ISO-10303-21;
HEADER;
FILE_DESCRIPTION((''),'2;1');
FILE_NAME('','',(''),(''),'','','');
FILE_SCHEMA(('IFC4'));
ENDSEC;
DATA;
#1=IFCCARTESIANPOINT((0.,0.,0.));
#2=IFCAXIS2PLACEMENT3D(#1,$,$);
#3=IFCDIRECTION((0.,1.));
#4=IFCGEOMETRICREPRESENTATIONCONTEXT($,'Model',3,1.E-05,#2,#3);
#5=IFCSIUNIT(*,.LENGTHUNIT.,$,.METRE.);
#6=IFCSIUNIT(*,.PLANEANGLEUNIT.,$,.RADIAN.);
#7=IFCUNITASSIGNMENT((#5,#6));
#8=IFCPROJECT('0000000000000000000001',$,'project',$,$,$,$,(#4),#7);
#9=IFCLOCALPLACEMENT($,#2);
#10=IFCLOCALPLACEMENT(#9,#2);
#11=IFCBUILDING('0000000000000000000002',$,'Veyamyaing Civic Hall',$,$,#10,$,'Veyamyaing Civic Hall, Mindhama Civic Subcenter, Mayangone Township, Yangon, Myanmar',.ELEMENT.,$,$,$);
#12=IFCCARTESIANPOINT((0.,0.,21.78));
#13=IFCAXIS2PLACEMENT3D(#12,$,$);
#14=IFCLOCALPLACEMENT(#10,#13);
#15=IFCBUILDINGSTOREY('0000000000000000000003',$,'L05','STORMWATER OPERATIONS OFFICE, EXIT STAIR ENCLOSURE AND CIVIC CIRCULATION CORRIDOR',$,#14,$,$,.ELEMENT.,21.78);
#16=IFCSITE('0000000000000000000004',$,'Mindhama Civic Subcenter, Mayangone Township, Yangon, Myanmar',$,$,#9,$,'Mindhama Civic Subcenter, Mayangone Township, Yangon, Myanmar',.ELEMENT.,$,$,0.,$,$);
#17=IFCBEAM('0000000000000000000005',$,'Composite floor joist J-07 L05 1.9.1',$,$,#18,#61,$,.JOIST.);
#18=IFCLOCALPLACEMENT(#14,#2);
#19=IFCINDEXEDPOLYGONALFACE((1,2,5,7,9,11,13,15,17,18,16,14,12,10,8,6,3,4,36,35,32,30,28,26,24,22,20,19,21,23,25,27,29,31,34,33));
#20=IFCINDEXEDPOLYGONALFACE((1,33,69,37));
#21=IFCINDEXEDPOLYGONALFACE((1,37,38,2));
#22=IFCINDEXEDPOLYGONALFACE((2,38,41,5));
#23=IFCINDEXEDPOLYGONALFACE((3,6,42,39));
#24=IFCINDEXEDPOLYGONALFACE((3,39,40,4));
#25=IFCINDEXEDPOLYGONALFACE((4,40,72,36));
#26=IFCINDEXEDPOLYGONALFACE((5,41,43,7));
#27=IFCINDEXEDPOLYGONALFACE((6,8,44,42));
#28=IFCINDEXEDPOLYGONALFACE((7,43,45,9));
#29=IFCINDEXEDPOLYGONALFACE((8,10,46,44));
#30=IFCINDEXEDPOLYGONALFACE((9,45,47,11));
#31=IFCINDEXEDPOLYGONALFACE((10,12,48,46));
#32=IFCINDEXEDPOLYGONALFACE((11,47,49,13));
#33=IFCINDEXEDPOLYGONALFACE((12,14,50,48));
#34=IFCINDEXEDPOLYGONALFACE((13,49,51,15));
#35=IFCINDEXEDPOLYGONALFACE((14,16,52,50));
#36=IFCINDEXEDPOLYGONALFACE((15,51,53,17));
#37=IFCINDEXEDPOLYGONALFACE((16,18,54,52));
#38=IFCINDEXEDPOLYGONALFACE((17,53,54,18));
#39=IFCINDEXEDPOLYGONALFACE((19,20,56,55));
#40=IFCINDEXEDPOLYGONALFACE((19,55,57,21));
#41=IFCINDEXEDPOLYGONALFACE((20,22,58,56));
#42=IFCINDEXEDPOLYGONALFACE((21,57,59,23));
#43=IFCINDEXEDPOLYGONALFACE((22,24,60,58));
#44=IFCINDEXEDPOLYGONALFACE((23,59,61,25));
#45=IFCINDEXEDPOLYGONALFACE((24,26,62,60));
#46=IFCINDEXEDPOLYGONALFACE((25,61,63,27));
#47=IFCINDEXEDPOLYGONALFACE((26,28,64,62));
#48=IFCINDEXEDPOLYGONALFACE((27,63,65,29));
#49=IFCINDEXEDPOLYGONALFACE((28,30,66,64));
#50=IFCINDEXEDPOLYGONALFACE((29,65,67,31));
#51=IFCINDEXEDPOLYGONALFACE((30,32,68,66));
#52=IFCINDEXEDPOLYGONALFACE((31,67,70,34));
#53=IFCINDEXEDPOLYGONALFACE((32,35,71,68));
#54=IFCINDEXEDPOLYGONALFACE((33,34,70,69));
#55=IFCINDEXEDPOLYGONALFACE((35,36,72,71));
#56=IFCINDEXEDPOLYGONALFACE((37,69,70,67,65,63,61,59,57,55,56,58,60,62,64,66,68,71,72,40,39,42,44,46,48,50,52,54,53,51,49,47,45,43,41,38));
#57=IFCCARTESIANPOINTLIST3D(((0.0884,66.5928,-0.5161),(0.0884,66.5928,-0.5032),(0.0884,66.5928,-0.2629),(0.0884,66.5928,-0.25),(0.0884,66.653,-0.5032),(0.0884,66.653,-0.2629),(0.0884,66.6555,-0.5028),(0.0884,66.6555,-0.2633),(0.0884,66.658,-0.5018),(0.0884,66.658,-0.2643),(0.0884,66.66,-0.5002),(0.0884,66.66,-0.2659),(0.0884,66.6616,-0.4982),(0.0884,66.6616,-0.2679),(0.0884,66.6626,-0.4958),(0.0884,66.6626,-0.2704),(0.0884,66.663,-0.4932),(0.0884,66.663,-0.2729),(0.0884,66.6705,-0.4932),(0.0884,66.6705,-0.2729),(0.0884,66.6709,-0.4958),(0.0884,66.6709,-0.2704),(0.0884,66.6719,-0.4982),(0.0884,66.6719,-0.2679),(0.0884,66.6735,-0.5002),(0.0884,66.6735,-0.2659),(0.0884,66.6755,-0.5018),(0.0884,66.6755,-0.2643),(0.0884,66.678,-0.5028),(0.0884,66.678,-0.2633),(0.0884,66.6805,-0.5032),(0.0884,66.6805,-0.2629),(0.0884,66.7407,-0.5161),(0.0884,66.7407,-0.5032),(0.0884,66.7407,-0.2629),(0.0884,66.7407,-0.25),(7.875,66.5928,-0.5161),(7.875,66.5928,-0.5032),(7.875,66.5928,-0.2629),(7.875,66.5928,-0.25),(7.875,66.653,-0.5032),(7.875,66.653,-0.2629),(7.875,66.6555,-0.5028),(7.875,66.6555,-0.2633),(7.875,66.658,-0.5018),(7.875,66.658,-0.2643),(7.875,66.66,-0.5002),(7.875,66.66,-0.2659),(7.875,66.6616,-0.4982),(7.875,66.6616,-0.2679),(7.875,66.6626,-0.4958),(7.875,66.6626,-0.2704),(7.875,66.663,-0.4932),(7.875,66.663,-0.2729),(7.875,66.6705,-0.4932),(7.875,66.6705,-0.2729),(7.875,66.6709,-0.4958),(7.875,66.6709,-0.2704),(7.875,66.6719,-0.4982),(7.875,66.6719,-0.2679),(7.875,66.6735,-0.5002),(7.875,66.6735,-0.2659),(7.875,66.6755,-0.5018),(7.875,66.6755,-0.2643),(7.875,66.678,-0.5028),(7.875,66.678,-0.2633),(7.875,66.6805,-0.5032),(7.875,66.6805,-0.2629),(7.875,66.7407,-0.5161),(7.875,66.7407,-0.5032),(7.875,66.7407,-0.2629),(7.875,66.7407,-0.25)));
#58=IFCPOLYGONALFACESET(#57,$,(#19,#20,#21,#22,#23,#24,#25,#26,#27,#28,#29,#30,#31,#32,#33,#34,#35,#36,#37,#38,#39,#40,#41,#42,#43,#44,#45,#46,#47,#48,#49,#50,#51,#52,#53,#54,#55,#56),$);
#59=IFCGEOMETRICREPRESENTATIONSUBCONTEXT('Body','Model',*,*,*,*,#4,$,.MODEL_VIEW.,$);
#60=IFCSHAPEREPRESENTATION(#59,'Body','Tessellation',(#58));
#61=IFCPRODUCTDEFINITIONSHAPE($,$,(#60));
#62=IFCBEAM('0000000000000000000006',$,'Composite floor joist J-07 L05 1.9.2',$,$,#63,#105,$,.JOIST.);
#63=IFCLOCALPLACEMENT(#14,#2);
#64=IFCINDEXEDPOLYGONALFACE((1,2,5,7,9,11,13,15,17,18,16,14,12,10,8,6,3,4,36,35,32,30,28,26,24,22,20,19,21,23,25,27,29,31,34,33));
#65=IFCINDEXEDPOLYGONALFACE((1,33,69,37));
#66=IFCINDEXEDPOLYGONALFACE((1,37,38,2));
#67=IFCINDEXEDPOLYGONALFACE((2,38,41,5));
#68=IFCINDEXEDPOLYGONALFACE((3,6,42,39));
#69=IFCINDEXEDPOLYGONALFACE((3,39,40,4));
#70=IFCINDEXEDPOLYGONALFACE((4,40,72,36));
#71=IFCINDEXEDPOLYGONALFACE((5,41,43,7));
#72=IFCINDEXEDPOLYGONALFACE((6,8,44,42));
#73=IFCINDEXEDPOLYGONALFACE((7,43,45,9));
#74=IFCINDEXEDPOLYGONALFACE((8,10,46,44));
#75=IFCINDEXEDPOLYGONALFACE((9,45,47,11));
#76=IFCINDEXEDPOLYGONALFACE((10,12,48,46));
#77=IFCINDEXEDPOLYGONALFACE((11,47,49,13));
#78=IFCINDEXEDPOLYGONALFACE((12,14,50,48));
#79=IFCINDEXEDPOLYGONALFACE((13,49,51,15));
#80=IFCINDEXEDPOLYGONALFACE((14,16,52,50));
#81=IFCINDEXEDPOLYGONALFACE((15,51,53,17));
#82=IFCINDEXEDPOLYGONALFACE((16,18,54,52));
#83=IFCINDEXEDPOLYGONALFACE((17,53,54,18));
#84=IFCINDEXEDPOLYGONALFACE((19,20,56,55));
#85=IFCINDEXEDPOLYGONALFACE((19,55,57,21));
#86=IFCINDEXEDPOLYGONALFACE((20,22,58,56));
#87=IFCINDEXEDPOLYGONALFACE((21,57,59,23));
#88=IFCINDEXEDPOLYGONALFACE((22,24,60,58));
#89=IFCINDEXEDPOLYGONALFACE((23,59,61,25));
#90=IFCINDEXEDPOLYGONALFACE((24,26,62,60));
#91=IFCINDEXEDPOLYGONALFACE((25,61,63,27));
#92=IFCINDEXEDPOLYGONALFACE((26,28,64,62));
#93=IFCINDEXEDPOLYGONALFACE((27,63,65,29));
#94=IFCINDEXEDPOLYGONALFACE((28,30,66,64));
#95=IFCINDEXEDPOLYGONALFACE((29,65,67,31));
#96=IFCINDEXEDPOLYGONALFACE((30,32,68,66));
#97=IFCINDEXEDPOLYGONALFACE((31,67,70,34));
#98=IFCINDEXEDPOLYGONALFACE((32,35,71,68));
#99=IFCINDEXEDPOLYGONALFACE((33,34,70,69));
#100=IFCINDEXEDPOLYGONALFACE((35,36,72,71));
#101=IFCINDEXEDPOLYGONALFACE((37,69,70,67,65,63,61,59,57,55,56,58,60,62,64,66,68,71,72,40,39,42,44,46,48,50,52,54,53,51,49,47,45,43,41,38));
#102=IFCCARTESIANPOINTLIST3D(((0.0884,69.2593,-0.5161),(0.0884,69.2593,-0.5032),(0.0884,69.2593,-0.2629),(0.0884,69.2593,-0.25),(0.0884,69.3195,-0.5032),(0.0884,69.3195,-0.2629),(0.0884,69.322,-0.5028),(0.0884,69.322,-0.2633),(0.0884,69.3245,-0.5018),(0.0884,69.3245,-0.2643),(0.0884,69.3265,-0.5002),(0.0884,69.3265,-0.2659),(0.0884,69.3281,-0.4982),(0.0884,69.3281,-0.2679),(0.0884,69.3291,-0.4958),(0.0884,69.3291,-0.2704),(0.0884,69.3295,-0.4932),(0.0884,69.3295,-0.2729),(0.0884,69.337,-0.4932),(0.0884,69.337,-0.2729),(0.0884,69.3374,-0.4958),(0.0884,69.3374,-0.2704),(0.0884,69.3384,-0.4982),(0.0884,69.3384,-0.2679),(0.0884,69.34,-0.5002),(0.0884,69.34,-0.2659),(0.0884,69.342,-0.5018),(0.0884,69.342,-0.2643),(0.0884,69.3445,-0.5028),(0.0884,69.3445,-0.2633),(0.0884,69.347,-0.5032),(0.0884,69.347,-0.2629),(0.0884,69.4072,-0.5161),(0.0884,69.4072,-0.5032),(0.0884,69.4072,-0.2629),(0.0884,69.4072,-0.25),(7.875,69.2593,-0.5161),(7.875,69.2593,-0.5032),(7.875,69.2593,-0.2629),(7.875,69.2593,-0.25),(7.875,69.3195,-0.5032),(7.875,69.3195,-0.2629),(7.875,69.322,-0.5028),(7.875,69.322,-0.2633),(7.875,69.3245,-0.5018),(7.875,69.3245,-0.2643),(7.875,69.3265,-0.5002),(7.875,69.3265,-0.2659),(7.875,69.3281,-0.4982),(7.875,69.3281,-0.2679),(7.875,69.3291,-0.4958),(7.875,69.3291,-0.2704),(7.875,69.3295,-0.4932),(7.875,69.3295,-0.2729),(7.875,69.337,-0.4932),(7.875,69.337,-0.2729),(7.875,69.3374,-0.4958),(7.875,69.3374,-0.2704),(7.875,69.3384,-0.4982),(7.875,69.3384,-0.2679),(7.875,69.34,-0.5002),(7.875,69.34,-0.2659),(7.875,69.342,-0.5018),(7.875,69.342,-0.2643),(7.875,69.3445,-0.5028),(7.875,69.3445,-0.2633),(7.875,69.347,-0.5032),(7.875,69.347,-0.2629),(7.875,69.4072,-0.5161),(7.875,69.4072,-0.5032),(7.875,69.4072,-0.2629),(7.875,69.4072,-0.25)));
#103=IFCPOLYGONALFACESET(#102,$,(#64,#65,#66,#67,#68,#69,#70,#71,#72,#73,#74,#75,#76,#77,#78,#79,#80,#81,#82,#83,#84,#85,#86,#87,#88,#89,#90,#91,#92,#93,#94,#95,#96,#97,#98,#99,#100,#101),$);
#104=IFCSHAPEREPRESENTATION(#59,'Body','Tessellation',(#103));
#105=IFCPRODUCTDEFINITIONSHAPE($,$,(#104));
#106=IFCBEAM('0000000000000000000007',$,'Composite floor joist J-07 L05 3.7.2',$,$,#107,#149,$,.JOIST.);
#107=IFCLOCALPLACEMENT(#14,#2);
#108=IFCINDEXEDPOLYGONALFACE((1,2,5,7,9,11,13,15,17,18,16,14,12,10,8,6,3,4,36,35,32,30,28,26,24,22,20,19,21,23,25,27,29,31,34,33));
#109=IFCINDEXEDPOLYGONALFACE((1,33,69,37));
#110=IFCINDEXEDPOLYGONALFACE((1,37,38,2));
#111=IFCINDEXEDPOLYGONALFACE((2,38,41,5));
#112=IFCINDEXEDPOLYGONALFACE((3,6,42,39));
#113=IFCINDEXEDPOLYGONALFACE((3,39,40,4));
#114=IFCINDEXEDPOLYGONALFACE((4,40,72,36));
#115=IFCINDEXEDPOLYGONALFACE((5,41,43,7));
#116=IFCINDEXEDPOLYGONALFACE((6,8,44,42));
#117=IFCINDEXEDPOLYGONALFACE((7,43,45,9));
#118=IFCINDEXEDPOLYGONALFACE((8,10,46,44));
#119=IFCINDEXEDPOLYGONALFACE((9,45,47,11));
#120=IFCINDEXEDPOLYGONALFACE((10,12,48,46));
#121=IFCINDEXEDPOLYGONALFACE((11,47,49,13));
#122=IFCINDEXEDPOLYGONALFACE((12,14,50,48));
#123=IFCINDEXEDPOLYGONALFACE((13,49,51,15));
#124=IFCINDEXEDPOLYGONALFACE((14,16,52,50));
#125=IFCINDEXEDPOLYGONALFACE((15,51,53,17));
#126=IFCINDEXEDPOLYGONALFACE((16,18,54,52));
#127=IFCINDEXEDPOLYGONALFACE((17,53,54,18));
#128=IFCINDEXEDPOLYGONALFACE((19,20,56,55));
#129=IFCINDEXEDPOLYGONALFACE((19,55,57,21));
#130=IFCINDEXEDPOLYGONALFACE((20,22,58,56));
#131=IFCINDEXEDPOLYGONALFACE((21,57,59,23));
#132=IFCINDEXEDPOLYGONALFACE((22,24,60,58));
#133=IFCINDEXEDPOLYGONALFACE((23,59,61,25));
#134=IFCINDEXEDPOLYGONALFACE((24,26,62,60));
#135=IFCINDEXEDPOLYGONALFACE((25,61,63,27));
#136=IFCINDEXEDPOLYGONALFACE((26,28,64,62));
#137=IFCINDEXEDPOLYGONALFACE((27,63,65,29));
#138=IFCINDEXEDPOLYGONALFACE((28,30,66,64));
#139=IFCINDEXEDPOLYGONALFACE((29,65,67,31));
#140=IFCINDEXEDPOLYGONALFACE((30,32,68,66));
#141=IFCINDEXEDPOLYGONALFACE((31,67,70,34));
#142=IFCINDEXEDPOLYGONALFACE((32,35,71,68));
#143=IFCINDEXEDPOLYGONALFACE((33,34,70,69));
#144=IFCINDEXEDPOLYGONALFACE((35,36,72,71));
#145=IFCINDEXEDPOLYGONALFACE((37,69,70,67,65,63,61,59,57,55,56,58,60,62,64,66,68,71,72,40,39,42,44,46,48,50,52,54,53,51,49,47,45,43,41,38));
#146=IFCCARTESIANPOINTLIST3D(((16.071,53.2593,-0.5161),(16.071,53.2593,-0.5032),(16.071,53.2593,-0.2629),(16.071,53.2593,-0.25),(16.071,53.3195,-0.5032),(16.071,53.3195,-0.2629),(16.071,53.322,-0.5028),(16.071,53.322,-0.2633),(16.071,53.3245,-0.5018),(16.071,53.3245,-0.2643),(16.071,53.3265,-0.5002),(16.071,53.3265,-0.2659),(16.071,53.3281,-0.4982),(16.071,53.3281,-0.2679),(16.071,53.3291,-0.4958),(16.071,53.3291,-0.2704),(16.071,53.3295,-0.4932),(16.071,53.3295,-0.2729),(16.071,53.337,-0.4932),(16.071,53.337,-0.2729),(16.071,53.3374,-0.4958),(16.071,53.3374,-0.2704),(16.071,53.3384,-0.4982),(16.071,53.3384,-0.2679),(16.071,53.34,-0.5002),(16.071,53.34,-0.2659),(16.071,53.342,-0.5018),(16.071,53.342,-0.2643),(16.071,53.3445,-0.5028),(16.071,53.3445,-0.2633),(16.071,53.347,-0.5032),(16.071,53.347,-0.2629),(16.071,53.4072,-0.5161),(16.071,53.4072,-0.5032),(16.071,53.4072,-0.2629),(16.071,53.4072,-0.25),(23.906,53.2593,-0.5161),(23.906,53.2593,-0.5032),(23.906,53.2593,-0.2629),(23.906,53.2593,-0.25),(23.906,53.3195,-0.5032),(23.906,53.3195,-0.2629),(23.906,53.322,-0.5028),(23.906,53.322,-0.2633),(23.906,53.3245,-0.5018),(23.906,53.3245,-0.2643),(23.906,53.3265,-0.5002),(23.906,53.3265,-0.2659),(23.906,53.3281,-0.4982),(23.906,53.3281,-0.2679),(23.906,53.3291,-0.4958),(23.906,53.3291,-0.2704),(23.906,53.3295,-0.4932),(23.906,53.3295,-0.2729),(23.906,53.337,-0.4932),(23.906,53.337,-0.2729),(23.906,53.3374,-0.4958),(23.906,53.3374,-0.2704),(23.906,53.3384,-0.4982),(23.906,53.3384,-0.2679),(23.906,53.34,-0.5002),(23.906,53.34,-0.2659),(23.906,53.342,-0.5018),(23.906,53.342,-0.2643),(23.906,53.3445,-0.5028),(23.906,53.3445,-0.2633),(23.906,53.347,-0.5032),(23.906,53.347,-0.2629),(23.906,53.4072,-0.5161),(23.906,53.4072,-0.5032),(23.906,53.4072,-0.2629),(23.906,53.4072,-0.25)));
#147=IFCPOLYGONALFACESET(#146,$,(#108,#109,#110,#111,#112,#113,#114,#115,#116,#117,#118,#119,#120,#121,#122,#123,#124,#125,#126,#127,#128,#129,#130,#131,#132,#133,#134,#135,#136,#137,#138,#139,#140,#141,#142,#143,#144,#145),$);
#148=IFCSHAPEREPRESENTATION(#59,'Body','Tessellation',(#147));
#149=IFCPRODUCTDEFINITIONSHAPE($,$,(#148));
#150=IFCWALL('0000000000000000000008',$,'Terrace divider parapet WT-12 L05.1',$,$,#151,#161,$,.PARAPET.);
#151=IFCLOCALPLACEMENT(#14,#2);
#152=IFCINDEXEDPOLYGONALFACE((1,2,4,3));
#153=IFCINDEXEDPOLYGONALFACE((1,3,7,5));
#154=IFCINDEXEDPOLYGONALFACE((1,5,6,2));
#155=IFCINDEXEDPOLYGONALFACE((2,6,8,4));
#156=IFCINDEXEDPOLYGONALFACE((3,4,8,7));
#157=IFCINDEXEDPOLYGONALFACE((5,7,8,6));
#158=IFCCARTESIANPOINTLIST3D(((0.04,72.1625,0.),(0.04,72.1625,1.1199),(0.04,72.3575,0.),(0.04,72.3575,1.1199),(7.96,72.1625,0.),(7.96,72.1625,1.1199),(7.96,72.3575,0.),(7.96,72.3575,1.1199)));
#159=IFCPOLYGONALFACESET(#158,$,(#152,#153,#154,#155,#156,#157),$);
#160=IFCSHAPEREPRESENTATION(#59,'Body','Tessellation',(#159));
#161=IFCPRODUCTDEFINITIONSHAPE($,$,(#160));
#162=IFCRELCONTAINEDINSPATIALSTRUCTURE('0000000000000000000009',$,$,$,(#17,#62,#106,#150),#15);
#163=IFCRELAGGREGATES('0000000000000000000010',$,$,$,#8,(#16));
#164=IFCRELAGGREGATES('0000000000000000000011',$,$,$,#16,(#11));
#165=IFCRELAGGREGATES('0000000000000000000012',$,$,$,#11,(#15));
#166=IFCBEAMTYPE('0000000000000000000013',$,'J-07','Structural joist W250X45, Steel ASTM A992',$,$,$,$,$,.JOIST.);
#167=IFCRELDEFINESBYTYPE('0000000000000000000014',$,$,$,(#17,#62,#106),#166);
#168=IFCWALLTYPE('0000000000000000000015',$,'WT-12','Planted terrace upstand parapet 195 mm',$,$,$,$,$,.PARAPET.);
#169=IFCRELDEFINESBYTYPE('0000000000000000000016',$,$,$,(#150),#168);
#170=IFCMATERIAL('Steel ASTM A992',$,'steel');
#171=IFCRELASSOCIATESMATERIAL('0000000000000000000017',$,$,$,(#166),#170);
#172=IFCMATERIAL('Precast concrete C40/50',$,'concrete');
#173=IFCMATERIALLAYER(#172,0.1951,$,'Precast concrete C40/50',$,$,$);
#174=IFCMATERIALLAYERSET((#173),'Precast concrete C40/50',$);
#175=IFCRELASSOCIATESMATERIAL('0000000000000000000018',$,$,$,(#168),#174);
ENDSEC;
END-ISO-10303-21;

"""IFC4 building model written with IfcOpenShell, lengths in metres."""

from ifc_helpers import new_model, si_unit, direction, frame, frame_2d, origin, origin_2d, place, context, subcontext, project, spatial, rectangle, i_section, extrude, material, layer, layer_set, material_profile, profile_set, type_object, element, save


model = new_model("IFC4")

# Units and contexts
model_context = context("Model", 3, precision=1e-05, world=origin(), true_north=direction((0.0, 1.0)))
body_context = subcontext(model_context, "Body", "Model", "MODEL_VIEW")
ifc_project = project(units=[si_unit("LENGTHUNIT", "METRE"), si_unit("PLANEANGLEUNIT", "RADIAN")], contexts=[model_context])

# Site, building, storey
site_placement = place(None, origin())
site = spatial("IfcSite", under=ifc_project, at=site_placement, Name="Mindhama Civic Subcenter, Mayangone Township, Yangon, Myanmar", LongName="Mindhama Civic Subcenter, Mayangone Township, Yangon, Myanmar", CompositionType="ELEMENT", RefElevation=0.0)
building_placement = place(site_placement, origin())
building = spatial("IfcBuilding", under=site, at=building_placement, Name="Veyamyaing Civic Hall", LongName="Veyamyaing Civic Hall, Mindhama Civic Subcenter, Mayangone Township, Yangon, Myanmar", CompositionType="ELEMENT")
storey_placement = place(building_placement, frame((0.0, 0.0, 21.78)))
storey = spatial("IfcBuildingStorey", under=building, at=storey_placement, Name="L05", Description="STORMWATER OPERATIONS OFFICE, EXIT STAIR ENCLOSURE AND CIVIC CIRCULATION CORRIDOR", CompositionType="ELEMENT", Elevation=21.78)

# Beams
ifc_material_1 = material(Name="Steel ASTM A992", Category="steel")
ifc_material_profile_1 = material_profile(ifc_material_1, i_section(OverallWidth=0.1479, OverallDepth=0.2661, WebThickness=0.0076, FlangeThickness=0.0129, FilletRadius=0.01, at=origin_2d()), Name="W250X45")
ifc_profile_set_1 = profile_set([ifc_material_profile_1], Name="Steel ASTM A992")
beam_type_1 = type_object("IfcBeamType", Name="J-07", Description="Structural joist W250X45, Steel ASTM A992", PredefinedType="JOIST", material=ifc_profile_set_1)
for number, where, z_axis, x_axis, name in (
    (1, (0.0884, 66.6667, -0.3831), (1.0, 0.0, 0.0), (0.0, 1.0, 0.0), "Composite floor joist J-07 L05 1.9.1"),
    (2, (0.0884, 69.3333, -0.3831), (1.0, 0.0, 0.0), (0.0, 1.0, 0.0), "Composite floor joist J-07 L05 1.9.2"),
):
    element("IfcBeam", number, at=place(storey_placement, frame(where, z_axis=z_axis, x_axis=x_axis)), inside=storey, type_object=beam_type_1, Name=name, PredefinedType="JOIST", context=body_context, shape_type="SweptSolid", body=[
        extrude(i_section(OverallWidth=0.1479, OverallDepth=0.2661, WebThickness=0.0076, FlangeThickness=0.0129, FilletRadius=0.01, at=origin_2d()), origin(), (0.0, 0.0, 1.0), 7.7866),
    ])
beam_1_placement = place(storey_placement, frame((16.071, 53.3333, -0.3831), z_axis=(1.0, 0.0, 0.0), x_axis=(0.0, 1.0, 0.0)))
element("IfcBeam", 3, at=beam_1_placement, inside=storey, type_object=beam_type_1, Name="Composite floor joist J-07 L05 3.7.2", PredefinedType="JOIST", context=body_context, shape_type="SweptSolid", body=[
    extrude(i_section(OverallWidth=0.1479, OverallDepth=0.2661, WebThickness=0.0076, FlangeThickness=0.0129, FilletRadius=0.01, at=origin_2d()), origin(), (0.0, 0.0, 1.0), 7.835),
])

# Wall
ifc_material_2 = material(Name="Precast concrete C40/50", Category="concrete")
ifc_layer = layer(ifc_material_2, 0.1951, Name="Precast concrete C40/50")
ifc_layer_set = layer_set([ifc_layer], Name="Precast concrete C40/50")
wall_type = type_object("IfcWallType", Name="WT-12", Description="Planted terrace upstand parapet 195 mm", PredefinedType="PARAPET", material=ifc_layer_set)
wall_placement = place(storey_placement, frame((0.04, 72.26, 0.0), z_axis=(0.0, 0.0, 1.0), x_axis=(1.0, 0.0, 0.0)))
element("IfcWall", 4, at=wall_placement, inside=storey, type_object=wall_type, Name="Terrace divider parapet WT-12 L05.1", PredefinedType="PARAPET", context=body_context, shape_type="SweptSolid", body=[
    extrude(rectangle(XDim=7.9199, YDim=0.1951, at=frame_2d((3.96, 0.0))), origin(), (0.0, 0.0, 1.0), 1.1199),
])

save(model, "model.ifc")
